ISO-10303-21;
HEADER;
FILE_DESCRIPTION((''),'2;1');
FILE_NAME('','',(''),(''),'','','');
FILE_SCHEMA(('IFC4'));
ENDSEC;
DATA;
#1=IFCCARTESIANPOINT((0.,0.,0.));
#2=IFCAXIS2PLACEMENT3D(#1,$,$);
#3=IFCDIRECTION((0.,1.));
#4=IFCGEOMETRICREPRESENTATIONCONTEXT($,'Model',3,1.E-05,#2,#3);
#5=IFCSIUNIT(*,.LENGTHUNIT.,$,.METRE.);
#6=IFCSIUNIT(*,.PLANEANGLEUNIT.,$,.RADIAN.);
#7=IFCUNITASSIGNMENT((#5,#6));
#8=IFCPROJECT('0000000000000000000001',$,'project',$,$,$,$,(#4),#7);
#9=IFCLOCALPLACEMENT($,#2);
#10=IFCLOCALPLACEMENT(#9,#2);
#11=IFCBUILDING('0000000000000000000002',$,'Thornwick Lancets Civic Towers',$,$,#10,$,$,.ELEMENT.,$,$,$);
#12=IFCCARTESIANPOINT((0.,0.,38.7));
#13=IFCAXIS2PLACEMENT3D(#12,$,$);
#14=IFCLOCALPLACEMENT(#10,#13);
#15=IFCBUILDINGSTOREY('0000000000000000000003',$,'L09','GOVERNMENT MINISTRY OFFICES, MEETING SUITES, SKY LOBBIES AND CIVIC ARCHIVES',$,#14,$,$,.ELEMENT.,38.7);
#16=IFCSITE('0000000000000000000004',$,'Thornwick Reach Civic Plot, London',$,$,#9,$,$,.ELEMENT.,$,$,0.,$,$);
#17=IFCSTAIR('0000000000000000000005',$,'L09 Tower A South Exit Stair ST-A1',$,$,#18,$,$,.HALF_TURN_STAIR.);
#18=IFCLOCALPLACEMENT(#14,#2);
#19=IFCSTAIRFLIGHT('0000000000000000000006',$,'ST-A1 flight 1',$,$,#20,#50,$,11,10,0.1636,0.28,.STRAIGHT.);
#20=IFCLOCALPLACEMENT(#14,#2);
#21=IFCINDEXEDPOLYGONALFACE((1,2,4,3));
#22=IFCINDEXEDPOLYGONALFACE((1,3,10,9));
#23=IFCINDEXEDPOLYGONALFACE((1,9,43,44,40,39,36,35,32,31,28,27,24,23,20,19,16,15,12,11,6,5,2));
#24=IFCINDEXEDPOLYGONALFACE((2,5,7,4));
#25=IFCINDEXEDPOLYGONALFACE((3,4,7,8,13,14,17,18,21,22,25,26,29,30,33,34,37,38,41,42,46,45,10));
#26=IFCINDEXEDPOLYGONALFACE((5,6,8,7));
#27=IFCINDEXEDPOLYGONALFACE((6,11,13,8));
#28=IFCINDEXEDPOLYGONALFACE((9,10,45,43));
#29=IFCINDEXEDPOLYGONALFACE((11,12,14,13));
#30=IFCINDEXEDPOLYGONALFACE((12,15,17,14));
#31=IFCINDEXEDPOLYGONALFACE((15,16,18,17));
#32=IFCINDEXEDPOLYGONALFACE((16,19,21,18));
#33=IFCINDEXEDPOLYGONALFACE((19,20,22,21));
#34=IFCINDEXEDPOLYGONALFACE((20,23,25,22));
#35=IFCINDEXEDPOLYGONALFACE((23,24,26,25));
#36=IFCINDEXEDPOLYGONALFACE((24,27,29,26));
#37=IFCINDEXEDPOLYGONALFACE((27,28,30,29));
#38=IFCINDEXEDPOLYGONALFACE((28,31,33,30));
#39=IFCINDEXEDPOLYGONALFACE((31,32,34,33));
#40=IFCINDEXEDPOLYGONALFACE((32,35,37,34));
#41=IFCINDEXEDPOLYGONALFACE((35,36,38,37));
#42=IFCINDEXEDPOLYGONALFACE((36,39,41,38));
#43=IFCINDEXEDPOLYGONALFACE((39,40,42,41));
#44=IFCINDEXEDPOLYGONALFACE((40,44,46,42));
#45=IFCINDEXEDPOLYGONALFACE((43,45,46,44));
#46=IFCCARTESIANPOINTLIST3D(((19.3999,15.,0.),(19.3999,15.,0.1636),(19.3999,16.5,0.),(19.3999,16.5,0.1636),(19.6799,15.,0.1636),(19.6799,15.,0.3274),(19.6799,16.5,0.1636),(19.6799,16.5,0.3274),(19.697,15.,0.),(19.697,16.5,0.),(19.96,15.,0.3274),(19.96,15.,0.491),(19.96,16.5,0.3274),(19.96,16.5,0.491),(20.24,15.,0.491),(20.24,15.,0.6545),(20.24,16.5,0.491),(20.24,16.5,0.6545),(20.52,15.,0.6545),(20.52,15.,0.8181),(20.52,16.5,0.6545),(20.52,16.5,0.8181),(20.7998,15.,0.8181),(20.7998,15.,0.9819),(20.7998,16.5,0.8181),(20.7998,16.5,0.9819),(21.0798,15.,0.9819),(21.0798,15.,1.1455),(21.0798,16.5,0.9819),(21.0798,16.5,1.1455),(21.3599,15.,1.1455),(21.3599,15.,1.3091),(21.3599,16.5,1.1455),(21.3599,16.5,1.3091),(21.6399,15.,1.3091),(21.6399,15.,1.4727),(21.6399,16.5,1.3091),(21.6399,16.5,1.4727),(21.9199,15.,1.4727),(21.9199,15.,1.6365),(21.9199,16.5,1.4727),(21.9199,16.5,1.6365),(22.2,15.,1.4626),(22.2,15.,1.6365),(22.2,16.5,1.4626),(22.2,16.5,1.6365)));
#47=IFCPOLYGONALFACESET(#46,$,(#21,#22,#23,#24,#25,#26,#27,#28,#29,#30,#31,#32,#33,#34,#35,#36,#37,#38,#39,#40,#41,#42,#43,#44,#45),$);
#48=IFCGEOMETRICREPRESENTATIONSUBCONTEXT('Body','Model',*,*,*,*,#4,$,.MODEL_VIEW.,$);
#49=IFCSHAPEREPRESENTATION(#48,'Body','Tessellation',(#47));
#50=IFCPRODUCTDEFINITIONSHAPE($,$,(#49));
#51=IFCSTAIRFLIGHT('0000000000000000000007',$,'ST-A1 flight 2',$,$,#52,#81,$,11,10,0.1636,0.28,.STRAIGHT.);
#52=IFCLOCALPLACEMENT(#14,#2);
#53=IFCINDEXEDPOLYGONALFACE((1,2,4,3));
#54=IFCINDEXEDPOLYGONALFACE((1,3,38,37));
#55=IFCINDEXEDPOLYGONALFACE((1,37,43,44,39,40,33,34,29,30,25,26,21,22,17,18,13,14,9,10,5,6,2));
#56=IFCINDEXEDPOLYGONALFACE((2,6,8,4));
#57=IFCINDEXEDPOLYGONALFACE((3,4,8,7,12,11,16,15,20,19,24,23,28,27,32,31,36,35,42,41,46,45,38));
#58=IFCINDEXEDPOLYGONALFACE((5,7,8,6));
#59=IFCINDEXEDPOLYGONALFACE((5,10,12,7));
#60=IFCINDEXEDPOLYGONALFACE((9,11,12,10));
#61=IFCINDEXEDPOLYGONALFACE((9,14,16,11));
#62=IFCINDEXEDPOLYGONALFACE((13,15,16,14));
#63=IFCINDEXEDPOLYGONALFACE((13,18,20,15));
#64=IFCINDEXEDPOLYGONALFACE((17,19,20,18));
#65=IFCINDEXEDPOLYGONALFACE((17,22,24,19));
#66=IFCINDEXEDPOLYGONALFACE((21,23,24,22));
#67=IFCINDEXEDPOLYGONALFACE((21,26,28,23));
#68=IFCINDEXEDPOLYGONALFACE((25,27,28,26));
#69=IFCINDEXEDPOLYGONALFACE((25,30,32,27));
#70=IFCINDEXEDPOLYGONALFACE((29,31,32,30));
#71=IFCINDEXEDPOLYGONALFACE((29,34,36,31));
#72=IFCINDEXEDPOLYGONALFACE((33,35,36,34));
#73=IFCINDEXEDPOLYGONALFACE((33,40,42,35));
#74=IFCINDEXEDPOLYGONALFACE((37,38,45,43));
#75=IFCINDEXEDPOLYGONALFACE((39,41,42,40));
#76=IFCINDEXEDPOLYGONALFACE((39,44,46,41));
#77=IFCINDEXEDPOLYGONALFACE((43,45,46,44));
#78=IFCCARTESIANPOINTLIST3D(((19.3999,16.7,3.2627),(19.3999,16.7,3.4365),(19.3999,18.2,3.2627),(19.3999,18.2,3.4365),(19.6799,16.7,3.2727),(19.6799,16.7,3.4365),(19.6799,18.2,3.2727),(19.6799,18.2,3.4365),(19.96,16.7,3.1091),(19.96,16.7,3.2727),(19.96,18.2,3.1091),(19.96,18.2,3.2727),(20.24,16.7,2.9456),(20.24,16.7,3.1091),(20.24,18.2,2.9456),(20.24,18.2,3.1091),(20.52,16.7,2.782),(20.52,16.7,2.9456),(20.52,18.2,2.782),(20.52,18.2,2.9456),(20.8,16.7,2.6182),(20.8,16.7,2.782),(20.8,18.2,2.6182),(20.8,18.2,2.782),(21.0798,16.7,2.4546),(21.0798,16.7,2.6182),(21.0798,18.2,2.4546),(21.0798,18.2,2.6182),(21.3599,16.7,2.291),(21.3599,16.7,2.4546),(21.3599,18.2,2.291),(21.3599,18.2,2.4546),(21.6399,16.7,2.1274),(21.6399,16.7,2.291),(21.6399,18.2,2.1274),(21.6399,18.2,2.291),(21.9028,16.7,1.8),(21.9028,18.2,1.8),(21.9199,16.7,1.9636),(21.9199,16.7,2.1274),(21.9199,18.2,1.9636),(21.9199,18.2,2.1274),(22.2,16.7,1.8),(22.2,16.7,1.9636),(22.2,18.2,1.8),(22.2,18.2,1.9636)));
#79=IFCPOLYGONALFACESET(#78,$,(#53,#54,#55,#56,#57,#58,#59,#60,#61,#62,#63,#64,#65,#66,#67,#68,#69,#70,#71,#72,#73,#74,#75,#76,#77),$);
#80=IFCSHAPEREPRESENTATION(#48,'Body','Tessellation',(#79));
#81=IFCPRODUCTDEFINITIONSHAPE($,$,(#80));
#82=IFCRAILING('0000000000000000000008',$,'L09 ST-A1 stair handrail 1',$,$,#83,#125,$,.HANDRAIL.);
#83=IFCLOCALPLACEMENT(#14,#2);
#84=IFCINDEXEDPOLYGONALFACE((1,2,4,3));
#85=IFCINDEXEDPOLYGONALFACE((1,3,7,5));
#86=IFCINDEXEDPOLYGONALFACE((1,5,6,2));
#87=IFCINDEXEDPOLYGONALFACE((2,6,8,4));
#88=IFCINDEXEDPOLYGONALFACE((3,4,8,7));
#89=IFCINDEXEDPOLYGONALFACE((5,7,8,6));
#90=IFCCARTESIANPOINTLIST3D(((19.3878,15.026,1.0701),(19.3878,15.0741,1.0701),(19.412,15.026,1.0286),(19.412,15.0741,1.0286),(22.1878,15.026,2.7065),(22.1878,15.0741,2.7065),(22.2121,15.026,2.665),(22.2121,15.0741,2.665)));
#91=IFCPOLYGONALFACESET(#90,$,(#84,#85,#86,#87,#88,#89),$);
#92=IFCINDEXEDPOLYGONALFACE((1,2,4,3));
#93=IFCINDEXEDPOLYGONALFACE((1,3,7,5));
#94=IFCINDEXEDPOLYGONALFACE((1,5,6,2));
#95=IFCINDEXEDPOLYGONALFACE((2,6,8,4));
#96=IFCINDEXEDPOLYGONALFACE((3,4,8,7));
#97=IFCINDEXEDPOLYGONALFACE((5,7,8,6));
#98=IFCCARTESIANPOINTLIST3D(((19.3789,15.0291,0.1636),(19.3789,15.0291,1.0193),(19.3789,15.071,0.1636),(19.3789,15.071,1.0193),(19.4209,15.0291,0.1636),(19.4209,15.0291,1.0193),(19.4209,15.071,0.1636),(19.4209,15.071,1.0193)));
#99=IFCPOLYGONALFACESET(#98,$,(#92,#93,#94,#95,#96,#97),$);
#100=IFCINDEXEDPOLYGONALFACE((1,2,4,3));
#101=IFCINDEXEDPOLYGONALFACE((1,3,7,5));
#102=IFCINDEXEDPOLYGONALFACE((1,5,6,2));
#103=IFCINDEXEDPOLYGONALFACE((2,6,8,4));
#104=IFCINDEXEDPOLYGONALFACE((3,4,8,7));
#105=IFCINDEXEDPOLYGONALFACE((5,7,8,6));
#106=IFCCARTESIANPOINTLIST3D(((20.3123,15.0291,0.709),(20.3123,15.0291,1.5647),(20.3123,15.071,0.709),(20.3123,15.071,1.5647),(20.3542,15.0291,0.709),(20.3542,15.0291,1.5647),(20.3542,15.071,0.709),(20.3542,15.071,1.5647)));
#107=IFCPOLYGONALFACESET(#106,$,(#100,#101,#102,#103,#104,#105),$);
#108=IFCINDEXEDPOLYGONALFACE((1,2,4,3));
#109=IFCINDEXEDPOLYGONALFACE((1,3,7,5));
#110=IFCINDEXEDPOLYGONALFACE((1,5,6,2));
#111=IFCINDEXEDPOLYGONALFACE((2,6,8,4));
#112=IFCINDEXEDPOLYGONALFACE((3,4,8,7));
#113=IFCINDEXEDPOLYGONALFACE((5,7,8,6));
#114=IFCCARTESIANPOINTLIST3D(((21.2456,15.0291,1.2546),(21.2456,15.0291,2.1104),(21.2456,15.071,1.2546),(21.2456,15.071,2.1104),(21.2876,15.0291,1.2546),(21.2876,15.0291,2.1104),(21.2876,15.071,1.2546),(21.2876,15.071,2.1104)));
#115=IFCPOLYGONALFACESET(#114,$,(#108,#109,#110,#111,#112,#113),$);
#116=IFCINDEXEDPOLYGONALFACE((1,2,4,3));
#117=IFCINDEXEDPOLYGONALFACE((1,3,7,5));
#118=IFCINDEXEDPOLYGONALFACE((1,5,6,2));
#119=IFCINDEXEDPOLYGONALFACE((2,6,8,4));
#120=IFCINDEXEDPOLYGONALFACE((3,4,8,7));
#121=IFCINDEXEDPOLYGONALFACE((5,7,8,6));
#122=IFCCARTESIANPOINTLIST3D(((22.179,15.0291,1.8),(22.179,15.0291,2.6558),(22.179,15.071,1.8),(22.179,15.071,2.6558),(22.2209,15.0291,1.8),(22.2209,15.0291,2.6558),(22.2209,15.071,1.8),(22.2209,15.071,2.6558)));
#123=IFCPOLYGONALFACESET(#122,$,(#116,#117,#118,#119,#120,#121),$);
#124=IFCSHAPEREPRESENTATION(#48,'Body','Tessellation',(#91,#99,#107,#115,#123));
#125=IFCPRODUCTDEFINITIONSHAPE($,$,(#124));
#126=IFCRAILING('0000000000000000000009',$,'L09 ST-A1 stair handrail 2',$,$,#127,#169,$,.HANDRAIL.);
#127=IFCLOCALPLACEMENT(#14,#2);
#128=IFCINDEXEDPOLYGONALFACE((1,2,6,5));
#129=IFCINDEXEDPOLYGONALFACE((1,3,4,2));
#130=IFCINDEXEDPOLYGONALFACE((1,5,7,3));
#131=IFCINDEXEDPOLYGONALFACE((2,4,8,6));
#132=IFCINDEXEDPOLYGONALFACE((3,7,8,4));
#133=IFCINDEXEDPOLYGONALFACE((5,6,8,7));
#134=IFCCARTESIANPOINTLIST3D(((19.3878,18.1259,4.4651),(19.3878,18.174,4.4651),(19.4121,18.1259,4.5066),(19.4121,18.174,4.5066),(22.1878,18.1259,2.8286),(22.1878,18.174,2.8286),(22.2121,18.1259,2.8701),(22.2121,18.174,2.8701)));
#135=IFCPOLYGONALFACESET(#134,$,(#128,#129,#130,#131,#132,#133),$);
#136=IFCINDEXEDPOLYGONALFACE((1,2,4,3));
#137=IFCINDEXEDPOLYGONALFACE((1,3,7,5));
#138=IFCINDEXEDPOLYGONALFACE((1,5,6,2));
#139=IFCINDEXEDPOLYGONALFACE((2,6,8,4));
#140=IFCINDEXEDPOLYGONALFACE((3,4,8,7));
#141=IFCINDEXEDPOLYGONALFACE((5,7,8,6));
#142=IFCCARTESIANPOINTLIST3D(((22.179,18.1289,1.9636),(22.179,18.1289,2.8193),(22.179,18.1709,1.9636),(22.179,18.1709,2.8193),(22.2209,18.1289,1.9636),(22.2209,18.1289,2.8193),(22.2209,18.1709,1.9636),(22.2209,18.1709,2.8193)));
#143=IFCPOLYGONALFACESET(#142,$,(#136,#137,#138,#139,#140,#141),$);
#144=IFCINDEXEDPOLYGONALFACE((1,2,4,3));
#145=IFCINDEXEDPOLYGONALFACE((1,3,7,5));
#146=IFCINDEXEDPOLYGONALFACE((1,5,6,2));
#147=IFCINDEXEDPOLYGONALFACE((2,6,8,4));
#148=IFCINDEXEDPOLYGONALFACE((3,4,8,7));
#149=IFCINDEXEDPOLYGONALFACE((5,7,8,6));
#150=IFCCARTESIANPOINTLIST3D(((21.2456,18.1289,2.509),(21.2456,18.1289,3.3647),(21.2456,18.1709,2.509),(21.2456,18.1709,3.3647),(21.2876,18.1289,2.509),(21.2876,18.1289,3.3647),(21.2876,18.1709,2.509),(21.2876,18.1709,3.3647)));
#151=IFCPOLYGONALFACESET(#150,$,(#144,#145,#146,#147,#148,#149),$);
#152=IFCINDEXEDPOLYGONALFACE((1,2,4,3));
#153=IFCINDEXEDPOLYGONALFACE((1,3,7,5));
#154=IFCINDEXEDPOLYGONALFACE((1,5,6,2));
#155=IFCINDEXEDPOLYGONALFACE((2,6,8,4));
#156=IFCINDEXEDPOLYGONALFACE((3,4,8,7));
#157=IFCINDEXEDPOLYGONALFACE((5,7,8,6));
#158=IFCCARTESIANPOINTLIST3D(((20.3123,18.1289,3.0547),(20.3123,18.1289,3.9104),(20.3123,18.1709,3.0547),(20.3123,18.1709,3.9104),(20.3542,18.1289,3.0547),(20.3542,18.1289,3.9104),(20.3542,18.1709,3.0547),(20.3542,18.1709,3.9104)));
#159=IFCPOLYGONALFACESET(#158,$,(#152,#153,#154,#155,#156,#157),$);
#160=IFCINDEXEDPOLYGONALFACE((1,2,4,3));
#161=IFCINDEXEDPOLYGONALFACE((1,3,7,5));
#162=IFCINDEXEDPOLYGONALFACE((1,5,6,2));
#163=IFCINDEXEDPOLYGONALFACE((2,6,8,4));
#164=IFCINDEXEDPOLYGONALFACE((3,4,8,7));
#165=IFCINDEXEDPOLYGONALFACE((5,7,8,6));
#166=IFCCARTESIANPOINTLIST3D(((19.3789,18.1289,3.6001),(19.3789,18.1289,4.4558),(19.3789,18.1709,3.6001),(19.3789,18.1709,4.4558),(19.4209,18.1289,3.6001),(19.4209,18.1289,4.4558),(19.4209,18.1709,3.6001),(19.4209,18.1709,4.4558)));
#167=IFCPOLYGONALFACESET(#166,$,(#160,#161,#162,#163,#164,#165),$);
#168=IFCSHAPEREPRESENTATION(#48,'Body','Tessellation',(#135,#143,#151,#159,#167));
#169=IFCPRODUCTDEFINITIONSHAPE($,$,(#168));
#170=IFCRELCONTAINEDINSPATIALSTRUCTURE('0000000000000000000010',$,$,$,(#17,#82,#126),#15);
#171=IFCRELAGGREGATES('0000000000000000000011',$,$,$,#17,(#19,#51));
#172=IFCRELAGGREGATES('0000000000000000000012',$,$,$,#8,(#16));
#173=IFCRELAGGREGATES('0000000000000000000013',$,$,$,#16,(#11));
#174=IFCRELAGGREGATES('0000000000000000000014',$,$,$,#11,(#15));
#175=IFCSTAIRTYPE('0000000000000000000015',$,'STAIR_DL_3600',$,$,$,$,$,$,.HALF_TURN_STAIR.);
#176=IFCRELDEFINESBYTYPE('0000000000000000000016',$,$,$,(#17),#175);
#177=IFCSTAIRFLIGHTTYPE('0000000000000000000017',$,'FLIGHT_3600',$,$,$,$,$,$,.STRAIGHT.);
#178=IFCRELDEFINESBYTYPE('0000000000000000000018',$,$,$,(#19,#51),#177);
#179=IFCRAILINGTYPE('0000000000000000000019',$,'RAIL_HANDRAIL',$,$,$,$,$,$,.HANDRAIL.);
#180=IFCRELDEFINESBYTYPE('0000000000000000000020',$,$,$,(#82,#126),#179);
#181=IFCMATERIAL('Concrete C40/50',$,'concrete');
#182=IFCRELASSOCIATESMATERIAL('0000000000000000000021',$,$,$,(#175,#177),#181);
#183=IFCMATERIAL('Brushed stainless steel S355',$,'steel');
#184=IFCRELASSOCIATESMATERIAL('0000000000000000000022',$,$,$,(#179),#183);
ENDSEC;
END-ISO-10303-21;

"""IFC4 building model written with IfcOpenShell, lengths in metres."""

from ifc_helpers import new_model, si_unit, direction, frame, origin, origin_2d, place, context, subcontext, project, spatial, polyline, rectangle, outline, extrude, material, type_object, element, aggregate, save


model = new_model("IFC4")

# Units and contexts
model_context = context("Model", 3, precision=1e-05, world=origin(), true_north=direction((0.0, 1.0)))
body_context = subcontext(model_context, "Body", "Model", "MODEL_VIEW")
ifc_project = project(units=[si_unit("LENGTHUNIT", "METRE"), si_unit("PLANEANGLEUNIT", "RADIAN")], contexts=[model_context])

# Site, building, storey
site_placement = place(None, origin())
site = spatial("IfcSite", under=ifc_project, at=site_placement, Name="Thornwick Reach Civic Plot, London", CompositionType="ELEMENT", RefElevation=0.0)
building_placement = place(site_placement, origin())
building = spatial("IfcBuilding", under=site, at=building_placement, Name="Thornwick Lancets Civic Towers", CompositionType="ELEMENT")
storey_placement = place(building_placement, frame((0.0, 0.0, 38.7)))
storey = spatial("IfcBuildingStorey", under=building, at=storey_placement, Name="L09", Description="GOVERNMENT MINISTRY OFFICES, MEETING SUITES, SKY LOBBIES AND CIVIC ARCHIVES", CompositionType="ELEMENT", Elevation=38.7)

# Shared definitions
ifc_material_1 = material(Name="Concrete C40/50", Category="concrete")

# Stair, stair flights
stair_type = type_object("IfcStairType", Name="STAIR_DL_3600", PredefinedType="HALF_TURN_STAIR", material=ifc_material_1)
stair_placement = place(storey_placement, origin())
stair = element("IfcStair", 1, at=stair_placement, inside=storey, type_object=stair_type, Name="L09 Tower A South Exit Stair ST-A1", PredefinedType="HALF_TURN_STAIR")
stair_flight_type = type_object("IfcStairFlightType", Name="FLIGHT_3600", PredefinedType="STRAIGHT", material=ifc_material_1)
stair_flight_1_placement = place(storey_placement, frame((19.3999, 15.75, 0.0), z_axis=(0.0, 0.0, 1.0), x_axis=(1.0, 0.0, 0.0)))
stair_flight_1 = element("IfcStairFlight", 2, at=stair_flight_1_placement, type_object=stair_flight_type, Name="ST-A1 flight 1", NumberOfRisers=11, NumberOfTreads=10, PredefinedType="STRAIGHT", RiserHeight=0.1636, TreadLength=0.28, context=body_context, shape_type="SweptSolid", body=[
    extrude(outline(polyline([(0.0, 0.0), (0.0, 0.1636), (0.28, 0.1636), (0.28, 0.3274), (0.5601, 0.3274), (0.5601, 0.491), (0.8401, 0.491), (0.8401, 0.6545), (1.1201, 0.6545), (1.1201, 0.8181), (1.3999, 0.8181), (1.3999, 0.9819), (1.6799, 0.9819), (1.6799, 1.1455), (1.96, 1.1455), (1.96, 1.3091), (2.24, 1.3091), (2.24, 1.4727), (2.52, 1.4727), (2.52, 1.6365), (2.8, 1.6365), (2.8, 1.8), (2.8, 1.4626), (0.2971, 0.0), (0.0, 0.0)])), frame((0.0, 0.75, 0.0), z_axis=(0.0, -1.0, 0.0), x_axis=(1.0, 0.0, 0.0)), (0.0, 0.0, 1.0), 1.5),
])
stair_flight_2_placement = place(storey_placement, frame((22.2, 17.45, 1.8), z_axis=(0.0, 0.0, 1.0), x_axis=(-1.0, 0.0, 0.0)))
stair_flight_2 = element("IfcStairFlight", 3, at=stair_flight_2_placement, type_object=stair_flight_type, Name="ST-A1 flight 2", NumberOfRisers=11, NumberOfTreads=10, PredefinedType="STRAIGHT", RiserHeight=0.1636, TreadLength=0.28, context=body_context, shape_type="SweptSolid", body=[
    extrude(outline(polyline([(0.0, 0.0), (0.0, 0.1636), (0.28, 0.1636), (0.28, 0.3274), (0.5601, 0.3274), (0.5601, 0.491), (0.8401, 0.491), (0.8401, 0.6545), (1.1201, 0.6545), (1.1201, 0.8181), (1.3999, 0.8181), (1.3999, 0.9819), (1.6799, 0.9819), (1.6799, 1.1455), (1.96, 1.1455), (1.96, 1.3091), (2.24, 1.3091), (2.24, 1.4727), (2.52, 1.4727), (2.52, 1.6365), (2.8, 1.6365), (2.8, 1.8), (2.8, 1.4626), (0.2971, 0.0), (0.0, 0.0)])), frame((0.0, 0.75, 0.0), z_axis=(0.0, -1.0, 0.0), x_axis=(1.0, 0.0, 0.0)), (0.0, 0.0, 1.0), 1.5),
])
aggregate(stair, [stair_flight_1, stair_flight_2])

# Railings
ifc_material_2 = material(Name="Brushed stainless steel S355", Category="steel")
railing_type_1 = type_object("IfcRailingType", Name="RAIL_HANDRAIL", PredefinedType="HANDRAIL", material=ifc_material_2)
railing_1_placement = place(storey_placement, frame((19.3999, 15.05, 0.1636)))
element("IfcRailing", 4, at=railing_1_placement, inside=storey, type_object=railing_type_1, Name="L09 ST-A1 stair handrail 1", PredefinedType="HANDRAIL", context=body_context, shape_type="SweptSolid", body=[
    extrude(rectangle(XDim=0.0481, YDim=0.0481, at=origin_2d()), frame((0.0, 0.0, 0.8857), z_axis=(0.863361, 0.0, 0.504587), x_axis=(0.0, 1.0, 0.0)), (0.0, 0.0, 1.0), 3.2432),
    extrude(rectangle(XDim=0.042, YDim=0.042, at=origin_2d()), origin(), (0.0, 0.0, 1.0), 0.8557),
    extrude(rectangle(XDim=0.042, YDim=0.042, at=origin_2d()), frame((0.9333, 0.0, 0.5454)), (0.0, 0.0, 1.0), 0.8557),
    extrude(rectangle(XDim=0.042, YDim=0.042, at=origin_2d()), frame((1.8667, 0.0, 1.0911)), (0.0, 0.0, 1.0), 0.8557),
    extrude(rectangle(XDim=0.042, YDim=0.042, at=origin_2d()), frame((2.8, 0.0, 1.6365)), (0.0, 0.0, 1.0), 0.8557),
])
railing_2_placement = place(storey_placement, frame((22.2, 18.1499, 1.9636)))
element("IfcRailing", 5, at=railing_2_placement, inside=storey, type_object=railing_type_1, Name="L09 ST-A1 stair handrail 2", PredefinedType="HANDRAIL", context=body_context, shape_type="SweptSolid", body=[
    extrude(rectangle(XDim=0.0481, YDim=0.0481, at=origin_2d()), frame((0.0, 0.0, 0.8857), z_axis=(-0.863361, 0.0, 0.504587), x_axis=(0.0, -1.0, 0.0)), (0.0, 0.0, 1.0), 3.2432),
    extrude(rectangle(XDim=0.042, YDim=0.042, at=origin_2d()), origin(), (0.0, 0.0, 1.0), 0.8557),
    extrude(rectangle(XDim=0.042, YDim=0.042, at=origin_2d()), frame((-0.9333, 0.0, 0.5454)), (0.0, 0.0, 1.0), 0.8557),
    extrude(rectangle(XDim=0.042, YDim=0.042, at=origin_2d()), frame((-1.8667, 0.0, 1.0911)), (0.0, 0.0, 1.0), 0.8557),
    extrude(rectangle(XDim=0.042, YDim=0.042, at=origin_2d()), frame((-2.8, 0.0, 1.6365)), (0.0, 0.0, 1.0), 0.8557),
])

save(model, "model.ifc")
